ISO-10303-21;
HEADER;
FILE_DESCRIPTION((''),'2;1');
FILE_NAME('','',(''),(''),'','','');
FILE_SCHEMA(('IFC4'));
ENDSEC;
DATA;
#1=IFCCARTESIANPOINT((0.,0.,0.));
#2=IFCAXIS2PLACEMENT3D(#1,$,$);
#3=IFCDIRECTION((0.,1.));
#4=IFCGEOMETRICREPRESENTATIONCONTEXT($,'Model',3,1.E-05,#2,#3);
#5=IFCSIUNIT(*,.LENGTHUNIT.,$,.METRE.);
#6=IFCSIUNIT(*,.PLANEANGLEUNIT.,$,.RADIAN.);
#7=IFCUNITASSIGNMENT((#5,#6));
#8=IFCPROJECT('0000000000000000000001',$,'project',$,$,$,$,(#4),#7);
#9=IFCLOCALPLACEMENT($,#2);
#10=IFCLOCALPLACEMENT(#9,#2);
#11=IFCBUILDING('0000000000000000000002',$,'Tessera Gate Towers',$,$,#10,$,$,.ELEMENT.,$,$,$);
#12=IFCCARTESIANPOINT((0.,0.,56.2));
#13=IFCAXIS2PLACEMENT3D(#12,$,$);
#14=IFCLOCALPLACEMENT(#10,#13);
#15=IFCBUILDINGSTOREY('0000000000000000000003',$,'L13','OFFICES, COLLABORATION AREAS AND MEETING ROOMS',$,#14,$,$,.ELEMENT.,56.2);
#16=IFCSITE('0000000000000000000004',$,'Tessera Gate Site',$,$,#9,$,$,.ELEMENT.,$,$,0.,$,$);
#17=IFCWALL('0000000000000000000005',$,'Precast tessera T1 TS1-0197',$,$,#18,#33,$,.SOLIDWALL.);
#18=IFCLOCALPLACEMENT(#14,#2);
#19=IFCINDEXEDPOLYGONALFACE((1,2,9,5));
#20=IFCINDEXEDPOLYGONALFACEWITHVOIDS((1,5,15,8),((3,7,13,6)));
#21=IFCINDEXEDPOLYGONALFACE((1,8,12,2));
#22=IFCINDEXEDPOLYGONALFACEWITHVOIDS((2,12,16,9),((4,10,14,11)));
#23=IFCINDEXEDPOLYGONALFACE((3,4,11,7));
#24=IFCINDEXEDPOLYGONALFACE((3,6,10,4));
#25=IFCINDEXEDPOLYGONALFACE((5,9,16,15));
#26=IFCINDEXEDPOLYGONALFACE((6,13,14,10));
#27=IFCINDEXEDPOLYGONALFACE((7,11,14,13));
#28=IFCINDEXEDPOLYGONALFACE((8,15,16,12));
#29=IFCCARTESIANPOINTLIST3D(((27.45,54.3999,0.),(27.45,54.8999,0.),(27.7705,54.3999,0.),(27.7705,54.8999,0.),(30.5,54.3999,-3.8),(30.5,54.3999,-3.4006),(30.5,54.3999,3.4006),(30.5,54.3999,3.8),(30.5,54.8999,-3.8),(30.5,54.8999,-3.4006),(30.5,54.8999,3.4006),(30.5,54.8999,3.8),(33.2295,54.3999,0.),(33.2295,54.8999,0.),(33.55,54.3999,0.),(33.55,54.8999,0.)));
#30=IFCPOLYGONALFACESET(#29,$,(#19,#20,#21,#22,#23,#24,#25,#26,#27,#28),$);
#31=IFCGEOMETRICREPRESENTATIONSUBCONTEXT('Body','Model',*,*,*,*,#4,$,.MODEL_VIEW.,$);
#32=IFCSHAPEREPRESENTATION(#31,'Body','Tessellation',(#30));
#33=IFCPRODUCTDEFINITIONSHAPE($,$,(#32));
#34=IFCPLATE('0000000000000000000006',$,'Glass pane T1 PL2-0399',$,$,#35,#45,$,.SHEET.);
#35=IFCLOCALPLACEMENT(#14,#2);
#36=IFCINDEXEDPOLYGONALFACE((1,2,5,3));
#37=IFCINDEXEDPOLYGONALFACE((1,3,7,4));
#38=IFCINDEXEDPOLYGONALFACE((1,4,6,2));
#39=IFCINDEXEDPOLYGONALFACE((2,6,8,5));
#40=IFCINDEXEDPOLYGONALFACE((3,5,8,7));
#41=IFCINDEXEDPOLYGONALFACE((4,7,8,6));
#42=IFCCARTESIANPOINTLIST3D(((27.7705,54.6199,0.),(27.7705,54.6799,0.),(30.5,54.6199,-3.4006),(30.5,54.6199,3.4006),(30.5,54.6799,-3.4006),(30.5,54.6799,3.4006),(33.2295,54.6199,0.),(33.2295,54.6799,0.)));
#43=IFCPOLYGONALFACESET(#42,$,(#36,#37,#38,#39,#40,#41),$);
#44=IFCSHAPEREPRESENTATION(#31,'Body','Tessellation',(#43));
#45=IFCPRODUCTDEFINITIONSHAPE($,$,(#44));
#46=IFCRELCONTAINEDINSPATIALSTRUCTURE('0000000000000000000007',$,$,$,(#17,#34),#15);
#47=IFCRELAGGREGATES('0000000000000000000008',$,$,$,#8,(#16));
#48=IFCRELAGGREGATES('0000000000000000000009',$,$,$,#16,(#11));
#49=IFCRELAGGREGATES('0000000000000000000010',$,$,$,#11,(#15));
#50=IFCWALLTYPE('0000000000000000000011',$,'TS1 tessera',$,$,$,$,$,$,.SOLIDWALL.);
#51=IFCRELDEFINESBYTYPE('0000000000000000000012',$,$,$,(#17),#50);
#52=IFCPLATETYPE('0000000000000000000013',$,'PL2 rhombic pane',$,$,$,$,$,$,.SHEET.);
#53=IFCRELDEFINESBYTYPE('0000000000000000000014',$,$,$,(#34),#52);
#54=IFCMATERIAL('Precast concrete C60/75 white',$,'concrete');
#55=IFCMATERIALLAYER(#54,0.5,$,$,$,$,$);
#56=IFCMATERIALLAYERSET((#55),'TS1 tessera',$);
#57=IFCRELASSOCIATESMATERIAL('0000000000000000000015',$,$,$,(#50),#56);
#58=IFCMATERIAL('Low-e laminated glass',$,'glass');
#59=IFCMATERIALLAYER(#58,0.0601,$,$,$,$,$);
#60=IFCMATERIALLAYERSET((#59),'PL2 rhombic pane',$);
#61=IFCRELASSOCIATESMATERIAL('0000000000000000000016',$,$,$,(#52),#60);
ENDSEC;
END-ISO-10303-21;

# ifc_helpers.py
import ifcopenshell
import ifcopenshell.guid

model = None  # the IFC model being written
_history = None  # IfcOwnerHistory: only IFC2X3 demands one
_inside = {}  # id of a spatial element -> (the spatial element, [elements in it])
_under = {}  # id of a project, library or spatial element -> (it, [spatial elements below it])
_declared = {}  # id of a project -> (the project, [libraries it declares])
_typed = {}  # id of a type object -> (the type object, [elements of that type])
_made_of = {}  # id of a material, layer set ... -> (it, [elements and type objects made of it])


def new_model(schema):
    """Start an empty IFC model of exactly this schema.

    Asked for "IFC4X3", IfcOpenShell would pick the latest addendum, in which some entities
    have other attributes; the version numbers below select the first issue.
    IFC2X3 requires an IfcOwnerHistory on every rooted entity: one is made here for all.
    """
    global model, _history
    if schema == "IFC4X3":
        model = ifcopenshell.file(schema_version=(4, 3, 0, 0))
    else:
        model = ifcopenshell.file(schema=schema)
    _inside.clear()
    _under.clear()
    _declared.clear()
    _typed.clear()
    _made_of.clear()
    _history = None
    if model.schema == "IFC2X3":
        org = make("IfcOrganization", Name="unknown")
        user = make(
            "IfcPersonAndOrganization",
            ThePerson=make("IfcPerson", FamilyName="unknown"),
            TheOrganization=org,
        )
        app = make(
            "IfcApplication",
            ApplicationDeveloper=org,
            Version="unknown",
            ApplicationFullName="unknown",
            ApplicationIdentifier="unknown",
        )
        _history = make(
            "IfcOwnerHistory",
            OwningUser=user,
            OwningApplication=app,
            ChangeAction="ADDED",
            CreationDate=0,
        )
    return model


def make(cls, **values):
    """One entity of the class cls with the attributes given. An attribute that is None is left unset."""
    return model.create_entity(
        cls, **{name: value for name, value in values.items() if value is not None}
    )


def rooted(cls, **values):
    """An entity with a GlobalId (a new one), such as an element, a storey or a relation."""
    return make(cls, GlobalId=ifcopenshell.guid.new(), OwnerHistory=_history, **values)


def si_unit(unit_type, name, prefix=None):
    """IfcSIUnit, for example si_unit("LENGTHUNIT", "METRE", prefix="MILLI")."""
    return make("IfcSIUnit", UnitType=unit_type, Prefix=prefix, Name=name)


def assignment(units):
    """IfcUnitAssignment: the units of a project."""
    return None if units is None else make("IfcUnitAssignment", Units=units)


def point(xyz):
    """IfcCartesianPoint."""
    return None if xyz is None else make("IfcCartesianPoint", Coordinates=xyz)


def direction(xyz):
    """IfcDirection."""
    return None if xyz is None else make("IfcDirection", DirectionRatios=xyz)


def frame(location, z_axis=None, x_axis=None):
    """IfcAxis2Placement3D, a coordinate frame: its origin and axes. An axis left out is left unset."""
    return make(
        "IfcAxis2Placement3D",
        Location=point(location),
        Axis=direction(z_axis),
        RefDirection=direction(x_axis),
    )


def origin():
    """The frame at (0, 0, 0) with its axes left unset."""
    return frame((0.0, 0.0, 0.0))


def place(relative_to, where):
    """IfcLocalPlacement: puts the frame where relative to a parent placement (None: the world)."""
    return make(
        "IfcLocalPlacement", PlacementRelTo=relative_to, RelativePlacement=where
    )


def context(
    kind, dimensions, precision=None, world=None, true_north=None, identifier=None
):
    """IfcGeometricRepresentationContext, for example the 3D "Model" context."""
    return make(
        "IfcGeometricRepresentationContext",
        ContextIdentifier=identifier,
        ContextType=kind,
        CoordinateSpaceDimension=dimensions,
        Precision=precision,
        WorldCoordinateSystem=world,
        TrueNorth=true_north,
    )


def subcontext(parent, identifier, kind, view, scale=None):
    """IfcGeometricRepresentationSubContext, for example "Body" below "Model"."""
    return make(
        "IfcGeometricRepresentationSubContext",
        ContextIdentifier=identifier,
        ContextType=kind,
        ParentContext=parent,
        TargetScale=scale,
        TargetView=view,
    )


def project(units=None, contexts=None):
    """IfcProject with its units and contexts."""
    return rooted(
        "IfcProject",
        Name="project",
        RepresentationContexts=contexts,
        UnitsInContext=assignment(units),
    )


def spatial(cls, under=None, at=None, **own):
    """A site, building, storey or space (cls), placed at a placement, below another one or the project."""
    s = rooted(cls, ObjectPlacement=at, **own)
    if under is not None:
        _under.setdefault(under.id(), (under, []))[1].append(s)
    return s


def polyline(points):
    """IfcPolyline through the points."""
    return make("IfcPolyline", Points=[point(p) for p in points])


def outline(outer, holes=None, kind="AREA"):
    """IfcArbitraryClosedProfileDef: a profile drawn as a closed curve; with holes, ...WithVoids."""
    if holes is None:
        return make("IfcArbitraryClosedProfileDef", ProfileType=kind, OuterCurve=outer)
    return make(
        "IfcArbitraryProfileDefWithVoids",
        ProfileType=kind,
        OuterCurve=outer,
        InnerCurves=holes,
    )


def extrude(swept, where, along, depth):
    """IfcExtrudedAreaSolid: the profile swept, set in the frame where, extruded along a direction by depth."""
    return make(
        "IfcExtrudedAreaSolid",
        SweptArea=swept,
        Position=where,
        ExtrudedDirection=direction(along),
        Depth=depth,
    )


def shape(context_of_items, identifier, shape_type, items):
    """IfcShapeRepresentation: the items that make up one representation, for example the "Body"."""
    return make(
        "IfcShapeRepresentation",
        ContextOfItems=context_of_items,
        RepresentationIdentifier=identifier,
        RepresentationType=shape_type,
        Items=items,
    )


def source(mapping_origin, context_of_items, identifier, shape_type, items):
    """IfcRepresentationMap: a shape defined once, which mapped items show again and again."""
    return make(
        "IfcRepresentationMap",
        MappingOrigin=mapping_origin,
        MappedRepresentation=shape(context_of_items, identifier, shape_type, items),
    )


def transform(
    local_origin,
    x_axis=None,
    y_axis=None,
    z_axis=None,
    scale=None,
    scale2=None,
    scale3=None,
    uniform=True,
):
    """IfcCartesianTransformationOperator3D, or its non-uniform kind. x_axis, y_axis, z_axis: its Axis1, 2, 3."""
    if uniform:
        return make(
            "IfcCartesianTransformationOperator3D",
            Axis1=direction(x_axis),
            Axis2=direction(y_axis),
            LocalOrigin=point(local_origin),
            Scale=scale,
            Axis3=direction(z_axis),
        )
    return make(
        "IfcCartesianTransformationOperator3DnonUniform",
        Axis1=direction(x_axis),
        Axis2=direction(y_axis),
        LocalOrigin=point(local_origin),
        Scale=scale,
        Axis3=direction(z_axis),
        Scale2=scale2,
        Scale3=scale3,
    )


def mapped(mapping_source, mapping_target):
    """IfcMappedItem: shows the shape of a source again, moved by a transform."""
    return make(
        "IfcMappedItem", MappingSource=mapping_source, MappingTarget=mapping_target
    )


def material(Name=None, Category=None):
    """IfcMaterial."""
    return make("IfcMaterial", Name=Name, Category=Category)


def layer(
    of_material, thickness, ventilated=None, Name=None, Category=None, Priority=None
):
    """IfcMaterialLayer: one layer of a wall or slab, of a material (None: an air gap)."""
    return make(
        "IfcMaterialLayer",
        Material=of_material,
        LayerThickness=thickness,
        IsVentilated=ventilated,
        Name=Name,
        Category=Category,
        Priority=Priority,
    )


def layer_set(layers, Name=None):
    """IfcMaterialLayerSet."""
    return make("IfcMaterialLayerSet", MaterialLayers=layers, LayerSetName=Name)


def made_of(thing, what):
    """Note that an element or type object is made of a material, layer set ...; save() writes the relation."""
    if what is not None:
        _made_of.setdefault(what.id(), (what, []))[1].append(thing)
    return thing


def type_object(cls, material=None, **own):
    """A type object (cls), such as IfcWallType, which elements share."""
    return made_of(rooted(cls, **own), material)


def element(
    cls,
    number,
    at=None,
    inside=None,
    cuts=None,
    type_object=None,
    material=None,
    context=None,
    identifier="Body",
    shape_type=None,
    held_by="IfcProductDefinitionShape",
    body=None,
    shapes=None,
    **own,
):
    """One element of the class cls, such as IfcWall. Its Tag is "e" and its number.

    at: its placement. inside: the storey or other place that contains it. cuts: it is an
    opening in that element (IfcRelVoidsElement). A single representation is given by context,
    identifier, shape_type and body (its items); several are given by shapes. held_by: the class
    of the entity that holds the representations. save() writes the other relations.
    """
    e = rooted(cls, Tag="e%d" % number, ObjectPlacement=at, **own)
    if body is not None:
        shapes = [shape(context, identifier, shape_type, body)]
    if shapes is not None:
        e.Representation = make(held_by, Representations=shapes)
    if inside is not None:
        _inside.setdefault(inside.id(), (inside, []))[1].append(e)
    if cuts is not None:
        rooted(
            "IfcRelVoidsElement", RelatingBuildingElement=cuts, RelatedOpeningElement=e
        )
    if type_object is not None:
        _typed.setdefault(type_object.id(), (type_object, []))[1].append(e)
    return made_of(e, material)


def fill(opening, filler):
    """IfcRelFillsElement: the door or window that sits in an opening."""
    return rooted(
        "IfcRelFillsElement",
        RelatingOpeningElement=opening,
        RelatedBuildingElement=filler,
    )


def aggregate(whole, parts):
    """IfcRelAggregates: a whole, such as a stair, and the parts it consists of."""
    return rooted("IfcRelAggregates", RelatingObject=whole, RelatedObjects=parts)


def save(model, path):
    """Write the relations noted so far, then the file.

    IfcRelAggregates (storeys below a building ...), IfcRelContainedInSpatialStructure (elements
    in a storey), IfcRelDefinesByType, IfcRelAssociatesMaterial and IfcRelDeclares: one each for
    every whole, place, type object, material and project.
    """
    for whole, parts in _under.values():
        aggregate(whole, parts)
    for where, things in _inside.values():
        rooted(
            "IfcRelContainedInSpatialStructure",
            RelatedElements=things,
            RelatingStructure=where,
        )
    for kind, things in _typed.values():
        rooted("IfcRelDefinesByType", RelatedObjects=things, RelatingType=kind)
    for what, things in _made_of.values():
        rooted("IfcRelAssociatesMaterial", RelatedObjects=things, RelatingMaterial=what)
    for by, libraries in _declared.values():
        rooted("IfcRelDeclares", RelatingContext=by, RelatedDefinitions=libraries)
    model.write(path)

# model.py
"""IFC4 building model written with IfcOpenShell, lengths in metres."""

from ifc_helpers import new_model, si_unit, direction, frame, origin, place, context, subcontext, project, spatial, polyline, outline, extrude, source, transform, mapped, material, layer, layer_set, type_object, element, fill, save


model = new_model("IFC4")

# Units and contexts
model_context = context("Model", 3, precision=1e-05, world=origin(), true_north=direction((0.0, 1.0)))
body_context = subcontext(model_context, "Body", "Model", "MODEL_VIEW")
ifc_project = project(units=[si_unit("LENGTHUNIT", "METRE"), si_unit("PLANEANGLEUNIT", "RADIAN")], contexts=[model_context])

# Site, building, storey
site_placement = place(None, origin())
site = spatial("IfcSite", under=ifc_project, at=site_placement, Name="Tessera Gate Site", CompositionType="ELEMENT", RefElevation=0.0)
building_placement = place(site_placement, origin())
building = spatial("IfcBuilding", under=site, at=building_placement, Name="Tessera Gate Towers", CompositionType="ELEMENT")
storey_placement = place(building_placement, frame((0.0, 0.0, 56.2)))
storey = spatial("IfcBuildingStorey", under=building, at=storey_placement, Name="L13", Description="OFFICES, COLLABORATION AREAS AND MEETING ROOMS", CompositionType="ELEMENT", Elevation=56.2)

# Wall, opening, plate
ifc_material_1 = material(Name="Precast concrete C60/75 white", Category="concrete")
ifc_layer_1 = layer(ifc_material_1, 0.5)
ifc_layer_set_1 = layer_set([ifc_layer_1], Name="TS1 tessera")
wall_type_1 = type_object("IfcWallType", Name="TS1 tessera", PredefinedType="SOLIDWALL", material=ifc_layer_set_1)
shared_shape_1 = source(origin(), body_context, "Body", "SweptSolid", [
    extrude(outline(polyline([(3.05, 0.0), (6.1001, 3.8), (3.05, 7.6001), (0.0, 3.8), (3.05, 0.0)])), frame((0.0, 0.25, 0.0), z_axis=(0.0, -1.0, 0.0), x_axis=(1.0, 0.0, 0.0)), (0.0, 0.0, 1.0), 0.5),
])
wall_1_placement = place(storey_placement, frame((33.55, 54.6499, -3.8), z_axis=(0.0, 0.0, 1.0), x_axis=(-1.0, 0.0, 0.0)))
wall_1 = element("IfcWall", 1, at=wall_1_placement, inside=storey, type_object=wall_type_1, Name="Precast tessera T1 TS1-0197", PredefinedType="SOLIDWALL", context=body_context, shape_type="MappedRepresentation", body=[
    mapped(shared_shape_1, transform((0.0, 0.0, 0.0), scale=1.0)),
])
shared_shape_2 = source(origin(), body_context, "Body", "SweptSolid", [
    extrude(outline(polyline([(3.05, 0.3994), (5.7795, 3.8), (3.05, 7.2007), (0.3206, 3.8), (3.05, 0.3994)])), frame((0.0, 0.26, 0.0), z_axis=(0.0, -1.0, 0.0), x_axis=(1.0, 0.0, 0.0)), (0.0, 0.0, 1.0), 0.52),
])
opening_1_placement = place(wall_1_placement, origin())
opening_1 = element("IfcOpeningElement", 2, at=opening_1_placement, cuts=wall_1, PredefinedType="OPENING", context=body_context, shape_type="MappedRepresentation", body=[
    mapped(shared_shape_2, transform((0.0, 0.0, 0.0), scale=1.0)),
])
ifc_material_2 = material(Name="Low-e laminated glass", Category="glass")
ifc_layer_2 = layer(ifc_material_2, 0.0601)
ifc_layer_set_2 = layer_set([ifc_layer_2], Name="PL2 rhombic pane")
plate_type = type_object("IfcPlateType", Name="PL2 rhombic pane", PredefinedType="SHEET", material=ifc_layer_set_2)
shared_shape_3 = source(origin(), body_context, "Body", "SweptSolid", [
    extrude(outline(polyline([(3.05, 0.3994), (5.7795, 3.8), (3.05, 7.2007), (0.3206, 3.8), (3.05, 0.3994)])), frame((0.0, 0.03, 0.0), z_axis=(0.0, -1.0, 0.0), x_axis=(1.0, 0.0, 0.0)), (0.0, 0.0, 1.0), 0.0601),
])
plate_placement = place(opening_1_placement, origin())
plate = element("IfcPlate", 3, at=plate_placement, inside=storey, type_object=plate_type, Name="Glass pane T1 PL2-0399", PredefinedType="SHEET", context=body_context, shape_type="MappedRepresentation", body=[
    mapped(shared_shape_3, transform((0.0, 0.0, 0.0), scale=1.0)),
])
fill(opening_1, plate)

save(model, "model.ifc")
